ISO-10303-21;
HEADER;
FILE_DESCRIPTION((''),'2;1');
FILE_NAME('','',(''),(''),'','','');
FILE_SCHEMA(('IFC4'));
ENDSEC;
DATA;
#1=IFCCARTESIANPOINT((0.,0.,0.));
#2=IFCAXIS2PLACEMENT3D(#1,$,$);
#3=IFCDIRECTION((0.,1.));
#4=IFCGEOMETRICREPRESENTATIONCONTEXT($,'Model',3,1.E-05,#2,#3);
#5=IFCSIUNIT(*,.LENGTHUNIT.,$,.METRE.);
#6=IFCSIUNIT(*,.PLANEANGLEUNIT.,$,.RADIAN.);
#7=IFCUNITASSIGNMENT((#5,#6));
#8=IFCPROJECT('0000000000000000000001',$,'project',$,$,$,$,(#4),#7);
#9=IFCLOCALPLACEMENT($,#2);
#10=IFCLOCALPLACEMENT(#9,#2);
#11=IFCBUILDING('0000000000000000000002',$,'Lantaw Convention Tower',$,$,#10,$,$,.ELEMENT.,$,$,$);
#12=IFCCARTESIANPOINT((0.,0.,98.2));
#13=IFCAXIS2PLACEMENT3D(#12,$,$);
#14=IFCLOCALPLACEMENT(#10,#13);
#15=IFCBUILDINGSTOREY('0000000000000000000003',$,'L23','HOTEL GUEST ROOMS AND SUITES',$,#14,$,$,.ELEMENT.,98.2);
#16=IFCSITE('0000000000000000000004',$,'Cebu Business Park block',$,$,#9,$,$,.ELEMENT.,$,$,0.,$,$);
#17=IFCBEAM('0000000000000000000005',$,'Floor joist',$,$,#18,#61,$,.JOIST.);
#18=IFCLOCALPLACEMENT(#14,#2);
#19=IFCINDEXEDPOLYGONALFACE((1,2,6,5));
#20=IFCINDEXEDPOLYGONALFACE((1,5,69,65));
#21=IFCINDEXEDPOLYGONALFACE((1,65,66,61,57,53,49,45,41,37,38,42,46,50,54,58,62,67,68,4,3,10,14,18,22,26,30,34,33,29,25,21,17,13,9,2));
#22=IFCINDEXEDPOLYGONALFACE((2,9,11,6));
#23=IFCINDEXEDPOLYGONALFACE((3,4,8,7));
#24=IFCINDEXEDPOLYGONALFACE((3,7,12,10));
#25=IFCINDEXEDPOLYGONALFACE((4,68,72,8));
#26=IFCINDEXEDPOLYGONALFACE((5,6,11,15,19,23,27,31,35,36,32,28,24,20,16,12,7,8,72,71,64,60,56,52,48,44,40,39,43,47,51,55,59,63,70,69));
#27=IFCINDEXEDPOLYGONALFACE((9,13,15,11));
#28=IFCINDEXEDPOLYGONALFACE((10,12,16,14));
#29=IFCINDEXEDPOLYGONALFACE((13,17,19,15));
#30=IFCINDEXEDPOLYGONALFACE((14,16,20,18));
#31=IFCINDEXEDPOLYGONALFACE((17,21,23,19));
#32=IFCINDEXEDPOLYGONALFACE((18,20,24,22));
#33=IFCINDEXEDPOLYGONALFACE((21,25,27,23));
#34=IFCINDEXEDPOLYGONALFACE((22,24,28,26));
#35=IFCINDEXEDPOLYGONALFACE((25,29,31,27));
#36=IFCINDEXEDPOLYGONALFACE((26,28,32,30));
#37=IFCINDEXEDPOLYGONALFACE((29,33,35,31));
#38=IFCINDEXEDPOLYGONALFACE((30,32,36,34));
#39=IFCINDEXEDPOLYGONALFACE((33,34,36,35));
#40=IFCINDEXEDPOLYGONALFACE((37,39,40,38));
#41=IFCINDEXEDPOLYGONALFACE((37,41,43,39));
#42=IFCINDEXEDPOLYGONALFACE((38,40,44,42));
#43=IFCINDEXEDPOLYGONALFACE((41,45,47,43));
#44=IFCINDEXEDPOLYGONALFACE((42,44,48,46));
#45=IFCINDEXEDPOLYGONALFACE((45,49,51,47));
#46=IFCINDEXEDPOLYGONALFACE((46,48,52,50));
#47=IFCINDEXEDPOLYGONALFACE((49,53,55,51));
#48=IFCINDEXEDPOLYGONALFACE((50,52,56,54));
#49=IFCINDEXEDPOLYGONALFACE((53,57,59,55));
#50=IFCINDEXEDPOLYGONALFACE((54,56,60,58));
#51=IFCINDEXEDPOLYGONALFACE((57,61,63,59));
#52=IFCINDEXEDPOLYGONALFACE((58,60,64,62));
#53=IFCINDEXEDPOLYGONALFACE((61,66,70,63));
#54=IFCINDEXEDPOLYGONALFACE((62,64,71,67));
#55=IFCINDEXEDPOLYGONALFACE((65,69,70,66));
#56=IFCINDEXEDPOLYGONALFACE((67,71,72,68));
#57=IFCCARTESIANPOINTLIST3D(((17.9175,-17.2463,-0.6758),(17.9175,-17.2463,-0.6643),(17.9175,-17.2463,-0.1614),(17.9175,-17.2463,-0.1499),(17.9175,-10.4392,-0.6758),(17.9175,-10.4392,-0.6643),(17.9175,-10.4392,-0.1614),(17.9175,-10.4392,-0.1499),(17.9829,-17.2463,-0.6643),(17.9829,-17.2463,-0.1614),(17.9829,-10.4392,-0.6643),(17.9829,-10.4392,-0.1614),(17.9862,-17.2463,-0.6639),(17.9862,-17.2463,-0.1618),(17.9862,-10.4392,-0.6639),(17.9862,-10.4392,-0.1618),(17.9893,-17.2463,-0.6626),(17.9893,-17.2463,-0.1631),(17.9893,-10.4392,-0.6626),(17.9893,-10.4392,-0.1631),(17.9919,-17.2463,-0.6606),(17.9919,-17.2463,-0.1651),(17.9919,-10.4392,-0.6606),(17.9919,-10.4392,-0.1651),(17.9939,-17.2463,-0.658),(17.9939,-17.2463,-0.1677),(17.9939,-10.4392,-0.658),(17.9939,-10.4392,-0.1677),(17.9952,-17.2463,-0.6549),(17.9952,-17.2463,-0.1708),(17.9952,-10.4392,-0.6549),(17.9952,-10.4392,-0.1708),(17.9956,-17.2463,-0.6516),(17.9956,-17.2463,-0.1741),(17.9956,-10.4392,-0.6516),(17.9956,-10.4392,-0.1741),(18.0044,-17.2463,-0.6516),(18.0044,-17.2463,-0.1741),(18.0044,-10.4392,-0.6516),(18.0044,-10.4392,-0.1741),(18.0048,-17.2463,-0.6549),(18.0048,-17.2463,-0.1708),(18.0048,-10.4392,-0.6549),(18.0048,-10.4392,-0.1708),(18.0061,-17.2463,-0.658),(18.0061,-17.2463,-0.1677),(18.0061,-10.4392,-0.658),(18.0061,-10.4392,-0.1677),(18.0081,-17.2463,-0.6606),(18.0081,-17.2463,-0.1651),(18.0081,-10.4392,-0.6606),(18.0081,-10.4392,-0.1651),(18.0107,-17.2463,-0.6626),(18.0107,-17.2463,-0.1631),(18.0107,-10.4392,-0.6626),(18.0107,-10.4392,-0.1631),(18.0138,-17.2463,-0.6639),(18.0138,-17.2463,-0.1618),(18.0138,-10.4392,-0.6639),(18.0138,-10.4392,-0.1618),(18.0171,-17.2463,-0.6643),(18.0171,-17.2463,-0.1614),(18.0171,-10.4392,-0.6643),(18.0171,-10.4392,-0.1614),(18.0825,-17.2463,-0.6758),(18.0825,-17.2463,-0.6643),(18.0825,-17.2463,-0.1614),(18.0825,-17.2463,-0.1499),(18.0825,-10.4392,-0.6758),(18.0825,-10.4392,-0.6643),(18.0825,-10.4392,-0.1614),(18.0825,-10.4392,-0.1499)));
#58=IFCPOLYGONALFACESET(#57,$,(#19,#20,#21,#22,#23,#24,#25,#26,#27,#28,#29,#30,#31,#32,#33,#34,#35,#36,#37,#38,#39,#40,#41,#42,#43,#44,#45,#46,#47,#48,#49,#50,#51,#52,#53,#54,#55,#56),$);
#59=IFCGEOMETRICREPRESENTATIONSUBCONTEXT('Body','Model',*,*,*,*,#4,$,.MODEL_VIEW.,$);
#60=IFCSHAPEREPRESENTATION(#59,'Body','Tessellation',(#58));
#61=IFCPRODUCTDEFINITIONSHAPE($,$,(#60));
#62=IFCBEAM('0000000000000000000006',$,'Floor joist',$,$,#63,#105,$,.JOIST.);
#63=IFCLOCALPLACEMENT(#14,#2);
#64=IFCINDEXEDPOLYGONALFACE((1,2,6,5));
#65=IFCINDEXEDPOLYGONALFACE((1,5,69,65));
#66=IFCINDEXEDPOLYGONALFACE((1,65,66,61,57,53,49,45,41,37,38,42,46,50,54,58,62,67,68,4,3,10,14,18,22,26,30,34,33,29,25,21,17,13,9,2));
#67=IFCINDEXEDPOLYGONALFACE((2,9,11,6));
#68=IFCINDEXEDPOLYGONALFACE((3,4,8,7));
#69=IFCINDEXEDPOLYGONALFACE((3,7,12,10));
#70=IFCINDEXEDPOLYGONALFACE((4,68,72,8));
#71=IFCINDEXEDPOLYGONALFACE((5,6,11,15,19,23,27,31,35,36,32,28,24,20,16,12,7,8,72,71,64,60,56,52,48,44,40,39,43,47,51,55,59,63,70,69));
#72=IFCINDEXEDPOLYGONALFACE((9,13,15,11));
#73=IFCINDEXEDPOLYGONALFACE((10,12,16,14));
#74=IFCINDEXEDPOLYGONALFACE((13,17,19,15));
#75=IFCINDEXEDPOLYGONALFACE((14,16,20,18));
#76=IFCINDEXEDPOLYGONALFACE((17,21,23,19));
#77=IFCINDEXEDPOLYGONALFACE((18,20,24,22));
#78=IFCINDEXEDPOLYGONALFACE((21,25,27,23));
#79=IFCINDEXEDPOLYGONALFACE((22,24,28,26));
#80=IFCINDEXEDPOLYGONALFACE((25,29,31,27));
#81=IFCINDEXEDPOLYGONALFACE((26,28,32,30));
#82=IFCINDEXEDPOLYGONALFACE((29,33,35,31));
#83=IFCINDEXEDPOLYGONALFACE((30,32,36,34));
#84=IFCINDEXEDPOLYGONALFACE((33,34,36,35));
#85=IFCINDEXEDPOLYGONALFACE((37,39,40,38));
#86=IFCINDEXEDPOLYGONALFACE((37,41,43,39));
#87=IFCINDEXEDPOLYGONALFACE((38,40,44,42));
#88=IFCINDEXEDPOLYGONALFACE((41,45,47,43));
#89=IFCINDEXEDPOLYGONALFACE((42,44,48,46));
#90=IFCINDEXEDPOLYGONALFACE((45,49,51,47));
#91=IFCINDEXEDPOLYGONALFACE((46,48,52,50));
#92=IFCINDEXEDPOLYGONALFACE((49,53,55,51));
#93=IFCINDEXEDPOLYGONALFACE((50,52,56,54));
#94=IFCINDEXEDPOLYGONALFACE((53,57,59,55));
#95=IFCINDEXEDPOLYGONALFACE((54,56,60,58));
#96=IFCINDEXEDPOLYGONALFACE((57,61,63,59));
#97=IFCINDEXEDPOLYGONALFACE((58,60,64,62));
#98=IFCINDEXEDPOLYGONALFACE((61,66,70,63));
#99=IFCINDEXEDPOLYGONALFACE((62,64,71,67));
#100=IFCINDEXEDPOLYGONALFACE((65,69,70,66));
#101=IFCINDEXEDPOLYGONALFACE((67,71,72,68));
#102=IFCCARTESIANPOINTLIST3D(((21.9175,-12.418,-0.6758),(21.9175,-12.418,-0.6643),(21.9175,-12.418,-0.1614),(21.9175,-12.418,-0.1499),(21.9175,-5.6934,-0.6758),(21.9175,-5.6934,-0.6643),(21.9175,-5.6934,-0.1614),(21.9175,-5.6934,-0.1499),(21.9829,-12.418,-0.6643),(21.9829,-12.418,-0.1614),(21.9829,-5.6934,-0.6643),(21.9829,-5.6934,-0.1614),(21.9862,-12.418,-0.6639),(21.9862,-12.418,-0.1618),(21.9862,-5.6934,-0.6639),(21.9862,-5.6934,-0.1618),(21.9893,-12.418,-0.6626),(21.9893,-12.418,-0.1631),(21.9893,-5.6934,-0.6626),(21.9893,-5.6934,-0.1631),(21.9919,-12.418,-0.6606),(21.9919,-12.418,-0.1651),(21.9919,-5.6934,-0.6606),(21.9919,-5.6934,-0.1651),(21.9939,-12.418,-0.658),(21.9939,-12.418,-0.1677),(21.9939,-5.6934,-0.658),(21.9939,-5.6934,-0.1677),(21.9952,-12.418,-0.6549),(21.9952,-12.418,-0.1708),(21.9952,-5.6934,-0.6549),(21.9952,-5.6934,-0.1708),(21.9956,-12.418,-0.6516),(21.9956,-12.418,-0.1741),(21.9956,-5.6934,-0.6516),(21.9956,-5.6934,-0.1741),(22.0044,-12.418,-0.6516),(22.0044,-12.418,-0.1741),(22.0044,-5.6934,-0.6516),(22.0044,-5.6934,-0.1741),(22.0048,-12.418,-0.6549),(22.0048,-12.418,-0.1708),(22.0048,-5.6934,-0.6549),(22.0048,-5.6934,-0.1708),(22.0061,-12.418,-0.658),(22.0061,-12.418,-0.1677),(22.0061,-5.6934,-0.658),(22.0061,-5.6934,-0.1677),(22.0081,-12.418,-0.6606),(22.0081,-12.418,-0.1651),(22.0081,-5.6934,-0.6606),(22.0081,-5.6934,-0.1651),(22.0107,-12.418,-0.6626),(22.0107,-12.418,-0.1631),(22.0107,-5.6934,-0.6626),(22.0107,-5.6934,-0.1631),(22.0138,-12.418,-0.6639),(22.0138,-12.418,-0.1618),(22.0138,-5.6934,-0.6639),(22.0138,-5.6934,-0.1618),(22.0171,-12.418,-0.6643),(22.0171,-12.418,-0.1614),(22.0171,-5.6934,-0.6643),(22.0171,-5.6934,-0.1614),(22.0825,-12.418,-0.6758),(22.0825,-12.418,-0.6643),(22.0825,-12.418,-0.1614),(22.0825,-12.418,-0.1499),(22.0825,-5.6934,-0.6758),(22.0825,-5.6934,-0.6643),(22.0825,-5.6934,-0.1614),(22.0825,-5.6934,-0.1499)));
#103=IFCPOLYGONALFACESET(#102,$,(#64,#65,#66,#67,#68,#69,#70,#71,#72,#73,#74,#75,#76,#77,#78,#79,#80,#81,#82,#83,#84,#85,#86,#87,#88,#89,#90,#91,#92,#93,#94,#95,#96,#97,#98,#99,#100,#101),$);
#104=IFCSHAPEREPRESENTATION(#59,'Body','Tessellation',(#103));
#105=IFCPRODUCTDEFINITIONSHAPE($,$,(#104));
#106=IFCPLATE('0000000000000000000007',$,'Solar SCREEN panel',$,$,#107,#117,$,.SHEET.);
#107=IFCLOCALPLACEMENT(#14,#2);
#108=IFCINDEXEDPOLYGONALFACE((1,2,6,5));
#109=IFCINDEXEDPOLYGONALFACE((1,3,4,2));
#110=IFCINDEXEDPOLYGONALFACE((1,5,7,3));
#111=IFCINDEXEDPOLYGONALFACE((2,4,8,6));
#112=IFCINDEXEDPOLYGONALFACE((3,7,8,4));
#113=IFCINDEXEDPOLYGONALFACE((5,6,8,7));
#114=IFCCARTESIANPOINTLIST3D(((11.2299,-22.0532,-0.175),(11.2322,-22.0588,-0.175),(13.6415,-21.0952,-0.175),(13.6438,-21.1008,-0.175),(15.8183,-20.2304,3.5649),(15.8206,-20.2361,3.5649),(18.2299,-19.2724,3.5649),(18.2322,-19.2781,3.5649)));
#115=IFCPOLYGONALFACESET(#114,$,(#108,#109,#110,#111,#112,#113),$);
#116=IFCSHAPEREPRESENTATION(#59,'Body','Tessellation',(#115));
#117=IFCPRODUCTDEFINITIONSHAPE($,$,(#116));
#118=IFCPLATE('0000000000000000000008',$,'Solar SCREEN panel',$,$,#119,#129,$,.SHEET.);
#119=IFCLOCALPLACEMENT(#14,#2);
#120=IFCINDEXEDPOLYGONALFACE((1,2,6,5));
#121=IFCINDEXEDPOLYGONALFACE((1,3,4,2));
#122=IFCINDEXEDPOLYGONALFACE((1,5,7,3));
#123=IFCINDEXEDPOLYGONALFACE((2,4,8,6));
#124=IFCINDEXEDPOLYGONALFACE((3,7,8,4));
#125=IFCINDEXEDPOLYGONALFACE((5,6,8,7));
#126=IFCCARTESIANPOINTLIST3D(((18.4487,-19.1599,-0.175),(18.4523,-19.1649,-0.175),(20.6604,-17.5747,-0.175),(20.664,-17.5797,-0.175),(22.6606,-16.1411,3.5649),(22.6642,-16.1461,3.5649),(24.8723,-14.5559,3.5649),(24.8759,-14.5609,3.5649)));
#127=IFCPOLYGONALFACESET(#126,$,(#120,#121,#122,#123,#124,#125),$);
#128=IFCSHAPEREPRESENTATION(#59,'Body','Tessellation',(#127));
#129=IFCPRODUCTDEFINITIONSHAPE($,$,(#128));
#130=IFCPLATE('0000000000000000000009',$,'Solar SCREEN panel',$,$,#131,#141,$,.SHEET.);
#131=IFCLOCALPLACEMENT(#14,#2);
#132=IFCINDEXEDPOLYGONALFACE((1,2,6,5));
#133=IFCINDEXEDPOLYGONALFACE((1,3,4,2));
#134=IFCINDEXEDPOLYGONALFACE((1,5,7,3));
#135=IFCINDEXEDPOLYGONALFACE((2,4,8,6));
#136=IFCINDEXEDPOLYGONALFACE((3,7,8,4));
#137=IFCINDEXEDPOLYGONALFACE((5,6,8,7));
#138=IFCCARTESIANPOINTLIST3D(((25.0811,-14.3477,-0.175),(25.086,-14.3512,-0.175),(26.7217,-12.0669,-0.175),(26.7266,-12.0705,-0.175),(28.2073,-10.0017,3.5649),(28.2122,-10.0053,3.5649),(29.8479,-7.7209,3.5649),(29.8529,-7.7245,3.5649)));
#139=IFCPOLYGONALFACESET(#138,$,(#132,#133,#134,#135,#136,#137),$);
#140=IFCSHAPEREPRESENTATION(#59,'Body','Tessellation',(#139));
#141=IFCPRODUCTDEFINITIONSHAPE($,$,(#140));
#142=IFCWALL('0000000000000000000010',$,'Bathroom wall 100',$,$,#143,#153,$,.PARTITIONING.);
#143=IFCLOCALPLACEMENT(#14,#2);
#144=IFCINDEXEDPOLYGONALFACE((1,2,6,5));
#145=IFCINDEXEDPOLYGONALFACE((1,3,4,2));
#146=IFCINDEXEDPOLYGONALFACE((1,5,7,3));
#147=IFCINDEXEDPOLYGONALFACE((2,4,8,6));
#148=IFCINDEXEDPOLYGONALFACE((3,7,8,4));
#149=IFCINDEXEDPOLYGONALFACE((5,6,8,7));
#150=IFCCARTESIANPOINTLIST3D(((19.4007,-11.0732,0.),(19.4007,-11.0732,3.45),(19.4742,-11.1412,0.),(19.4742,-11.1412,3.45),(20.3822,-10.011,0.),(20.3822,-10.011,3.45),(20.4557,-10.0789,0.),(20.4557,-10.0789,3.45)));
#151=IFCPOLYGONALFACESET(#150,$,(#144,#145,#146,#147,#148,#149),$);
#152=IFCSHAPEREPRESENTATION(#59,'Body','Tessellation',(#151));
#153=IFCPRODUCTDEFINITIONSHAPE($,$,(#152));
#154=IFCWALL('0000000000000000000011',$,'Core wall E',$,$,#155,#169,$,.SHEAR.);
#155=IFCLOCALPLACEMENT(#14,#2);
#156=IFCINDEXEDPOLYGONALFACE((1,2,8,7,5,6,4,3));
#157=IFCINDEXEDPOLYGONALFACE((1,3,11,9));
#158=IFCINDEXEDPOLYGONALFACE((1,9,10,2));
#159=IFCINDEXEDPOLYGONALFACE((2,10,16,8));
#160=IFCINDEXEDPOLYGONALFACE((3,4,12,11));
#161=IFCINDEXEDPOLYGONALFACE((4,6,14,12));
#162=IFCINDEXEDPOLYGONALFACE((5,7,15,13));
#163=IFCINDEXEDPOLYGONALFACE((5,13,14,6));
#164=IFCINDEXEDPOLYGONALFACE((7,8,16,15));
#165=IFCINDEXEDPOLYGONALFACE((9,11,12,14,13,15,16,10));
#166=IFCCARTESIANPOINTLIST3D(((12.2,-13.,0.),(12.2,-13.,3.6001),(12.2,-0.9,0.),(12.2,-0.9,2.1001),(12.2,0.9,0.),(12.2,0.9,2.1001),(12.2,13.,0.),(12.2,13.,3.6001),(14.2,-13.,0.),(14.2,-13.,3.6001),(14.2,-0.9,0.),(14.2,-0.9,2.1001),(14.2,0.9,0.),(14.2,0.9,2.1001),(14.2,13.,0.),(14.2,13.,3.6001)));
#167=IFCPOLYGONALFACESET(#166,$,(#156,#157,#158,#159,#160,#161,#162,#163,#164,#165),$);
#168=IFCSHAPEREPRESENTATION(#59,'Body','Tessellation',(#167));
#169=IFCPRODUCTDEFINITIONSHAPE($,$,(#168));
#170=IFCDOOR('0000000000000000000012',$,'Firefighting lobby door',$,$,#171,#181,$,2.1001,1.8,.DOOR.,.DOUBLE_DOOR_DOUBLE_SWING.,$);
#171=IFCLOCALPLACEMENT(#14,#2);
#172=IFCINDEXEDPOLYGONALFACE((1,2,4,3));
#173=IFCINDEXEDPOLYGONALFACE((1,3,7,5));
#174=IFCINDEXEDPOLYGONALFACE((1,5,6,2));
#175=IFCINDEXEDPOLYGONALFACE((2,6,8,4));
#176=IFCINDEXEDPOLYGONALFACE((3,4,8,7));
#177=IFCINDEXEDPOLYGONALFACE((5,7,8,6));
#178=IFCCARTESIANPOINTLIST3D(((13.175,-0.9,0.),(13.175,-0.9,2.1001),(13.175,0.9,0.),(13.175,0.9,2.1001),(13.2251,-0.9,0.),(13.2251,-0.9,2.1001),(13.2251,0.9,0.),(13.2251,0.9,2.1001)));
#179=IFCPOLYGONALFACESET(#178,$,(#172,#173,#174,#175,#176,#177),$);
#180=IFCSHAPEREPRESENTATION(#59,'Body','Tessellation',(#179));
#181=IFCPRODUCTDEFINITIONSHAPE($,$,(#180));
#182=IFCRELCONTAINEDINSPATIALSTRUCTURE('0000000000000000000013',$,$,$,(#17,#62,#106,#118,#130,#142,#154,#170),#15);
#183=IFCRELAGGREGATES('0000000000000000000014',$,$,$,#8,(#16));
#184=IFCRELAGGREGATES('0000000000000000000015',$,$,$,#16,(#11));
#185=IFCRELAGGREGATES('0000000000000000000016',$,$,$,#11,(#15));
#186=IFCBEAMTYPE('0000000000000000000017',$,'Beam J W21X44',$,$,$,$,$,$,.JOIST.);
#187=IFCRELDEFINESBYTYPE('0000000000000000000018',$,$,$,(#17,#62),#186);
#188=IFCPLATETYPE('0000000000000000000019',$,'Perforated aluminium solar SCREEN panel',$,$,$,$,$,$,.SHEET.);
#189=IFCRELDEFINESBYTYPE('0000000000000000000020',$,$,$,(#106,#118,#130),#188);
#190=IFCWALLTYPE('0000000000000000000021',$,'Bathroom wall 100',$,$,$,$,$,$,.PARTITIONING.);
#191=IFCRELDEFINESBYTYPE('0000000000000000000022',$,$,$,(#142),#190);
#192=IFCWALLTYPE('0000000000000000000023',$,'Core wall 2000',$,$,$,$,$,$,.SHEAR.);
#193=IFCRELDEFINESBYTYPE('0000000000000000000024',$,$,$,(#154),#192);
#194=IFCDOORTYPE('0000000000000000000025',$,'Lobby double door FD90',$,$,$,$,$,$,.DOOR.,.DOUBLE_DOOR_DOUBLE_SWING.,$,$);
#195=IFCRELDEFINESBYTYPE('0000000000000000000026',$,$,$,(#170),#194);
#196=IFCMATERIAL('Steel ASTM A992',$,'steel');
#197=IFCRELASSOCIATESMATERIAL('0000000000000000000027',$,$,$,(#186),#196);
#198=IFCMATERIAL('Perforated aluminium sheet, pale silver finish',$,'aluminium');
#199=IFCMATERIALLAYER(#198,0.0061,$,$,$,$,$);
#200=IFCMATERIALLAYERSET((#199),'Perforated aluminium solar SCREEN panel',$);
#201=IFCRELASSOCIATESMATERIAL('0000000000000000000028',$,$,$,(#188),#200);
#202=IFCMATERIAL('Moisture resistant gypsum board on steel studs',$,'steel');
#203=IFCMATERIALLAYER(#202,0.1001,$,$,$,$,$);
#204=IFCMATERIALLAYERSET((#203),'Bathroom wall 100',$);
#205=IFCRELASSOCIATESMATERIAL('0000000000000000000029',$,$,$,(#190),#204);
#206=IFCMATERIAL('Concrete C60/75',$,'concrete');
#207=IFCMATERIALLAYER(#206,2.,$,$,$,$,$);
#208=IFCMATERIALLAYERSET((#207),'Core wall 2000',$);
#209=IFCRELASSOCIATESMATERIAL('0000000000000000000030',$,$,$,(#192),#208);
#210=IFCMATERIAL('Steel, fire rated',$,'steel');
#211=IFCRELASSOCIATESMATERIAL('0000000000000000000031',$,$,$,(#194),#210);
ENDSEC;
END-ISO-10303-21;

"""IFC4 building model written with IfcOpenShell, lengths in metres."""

from ifc_helpers import new_model, si_unit, direction, frame, frame_2d, origin, origin_2d, place, context, subcontext, project, spatial, polyline, rectangle, i_section, outline, extrude, material, layer, layer_set, material_profile, profile_set, type_object, element, fill, save


model = new_model("IFC4")

# Units and contexts
model_context = context("Model", 3, precision=1e-05, world=origin(), true_north=direction((0.0, 1.0)))
body_context = subcontext(model_context, "Body", "Model", "MODEL_VIEW")
ifc_project = project(units=[si_unit("LENGTHUNIT", "METRE"), si_unit("PLANEANGLEUNIT", "RADIAN")], contexts=[model_context])

# Site, building, storey
site_placement = place(None, origin())
site = spatial("IfcSite", under=ifc_project, at=site_placement, Name="Cebu Business Park block", CompositionType="ELEMENT", RefElevation=0.0)
building_placement = place(site_placement, origin())
building = spatial("IfcBuilding", under=site, at=building_placement, Name="Lantaw Convention Tower", CompositionType="ELEMENT")
storey_placement = place(building_placement, frame((0.0, 0.0, 98.2)))
storey = spatial("IfcBuildingStorey", under=building, at=storey_placement, Name="L23", Description="HOTEL GUEST ROOMS AND SUITES", CompositionType="ELEMENT", Elevation=98.2)

# Shared definitions
ifc_material_1 = material(Name="Concrete C60/75", Category="concrete")

# Beams
ifc_material_2 = material(Name="Steel ASTM A992", Category="steel")
ifc_material_profile_1 = material_profile(ifc_material_2, i_section(OverallWidth=0.165, OverallDepth=0.5259, WebThickness=0.0088, FlangeThickness=0.0115, FilletRadius=0.0127, at=origin_2d()), Name="W21X44")
ifc_profile_set_1 = profile_set([ifc_material_profile_1], Name="Steel ASTM A992")
beam_type_1 = type_object("IfcBeamType", Name="Beam J W21X44", PredefinedType="JOIST", material=ifc_profile_set_1)
beam_1_placement = place(storey_placement, frame((18.0, -17.2463, -0.4128), z_axis=(0.0, 1.0, 0.0), x_axis=(-1.0, 0.0, 0.0)))
element("IfcBeam", 1, at=beam_1_placement, inside=storey, type_object=beam_type_1, Name="Floor joist", PredefinedType="JOIST", context=body_context, shape_type="SweptSolid", body=[
    extrude(i_section(OverallWidth=0.165, OverallDepth=0.5259, WebThickness=0.0088, FlangeThickness=0.0115, FilletRadius=0.0127, at=origin_2d()), origin(), (0.0, 0.0, 1.0), 6.8071),
])
beam_2_placement = place(storey_placement, frame((22.0, -12.418, -0.4128), z_axis=(0.0, 1.0, 0.0), x_axis=(-1.0, 0.0, 0.0)))
element("IfcBeam", 2, at=beam_2_placement, inside=storey, type_object=beam_type_1, Name="Floor joist", PredefinedType="JOIST", context=body_context, shape_type="SweptSolid", body=[
    extrude(i_section(OverallWidth=0.165, OverallDepth=0.5259, WebThickness=0.0088, FlangeThickness=0.0115, FilletRadius=0.0127, at=origin_2d()), origin(), (0.0, 0.0, 1.0), 6.7246),
])

# Plates
ifc_material_3 = material(Name="Perforated aluminium sheet, pale silver finish", Category="aluminium")
ifc_layer_1 = layer(ifc_material_3, 0.0061)
ifc_layer_set_1 = layer_set([ifc_layer_1], Name="Perforated aluminium solar SCREEN panel")
plate_type = type_object("IfcPlateType", Name="Perforated aluminium solar SCREEN panel", PredefinedType="SHEET", material=ifc_layer_set_1)
plate_1_placement = place(storey_placement, frame((11.2322, -22.0588, -0.175), z_axis=(0.369184, -0.929357, 0.000009), x_axis=(0.929357, 0.369184, 0.0)))
element("IfcPlate", 3, at=plate_1_placement, inside=storey, type_object=plate_type, Name="Solar SCREEN panel", PredefinedType="SHEET", context=body_context, shape_type="SweptSolid", body=[
    extrude(outline(polyline([(0.0, 0.0), (2.5949, 0.0), (7.5321, 3.74), (4.9372, 3.74), (0.0, 0.0)])), origin(), (0.0, 0.0, -1.0), 0.0061),
])
plate_2_placement = place(storey_placement, frame((18.4487, -19.1599, -0.175), z_axis=(-0.582561, 0.812787, 0.000016), x_axis=(0.812787, 0.582561, 0.0)))
element("IfcPlate", 4, at=plate_2_placement, inside=storey, type_object=plate_type, Name="Solar SCREEN panel", PredefinedType="SHEET", context=body_context, shape_type="SweptSolid", body=[
    extrude(outline(polyline([(0.0, 0.0), (2.7211, 0.0), (7.9031, -3.74), (5.182, -3.74), (0.0, 0.0)])), origin(), (0.0, 0.0, -1.0), 0.0061),
])
plate_3_placement = place(storey_placement, frame((25.0811, -14.3477, -0.175), z_axis=(-0.811791, 0.583948, 0.000009), x_axis=(0.583948, 0.811791, 0.0)))
element("IfcPlate", 5, at=plate_3_placement, inside=storey, type_object=plate_type, Name="Solar SCREEN panel", PredefinedType="SHEET", context=body_context, shape_type="SweptSolid", body=[
    extrude(outline(polyline([(0.0, 0.0), (2.8095, 0.0), (8.1631, -3.74), (5.3536, -3.74), (0.0, 0.0)])), origin(), (0.0, 0.0, -1.0), 0.0061),
])

# Wall
ifc_material_4 = material(Name="Moisture resistant gypsum board on steel studs", Category="steel")
ifc_layer_2 = layer(ifc_material_4, 0.1001)
ifc_layer_set_2 = layer_set([ifc_layer_2], Name="Bathroom wall 100")
wall_type_1 = type_object("IfcWallType", Name="Bathroom wall 100", PredefinedType="PARTITIONING", material=ifc_layer_set_2)
wall_1_placement = place(storey_placement, frame((20.4189, -10.0449, 0.0), z_axis=(0.0, 0.0, 1.0), x_axis=(-0.678617, -0.734493, 0.0)))
element("IfcWall", 6, at=wall_1_placement, inside=storey, type_object=wall_type_1, Name="Bathroom wall 100", PredefinedType="PARTITIONING", context=body_context, shape_type="SweptSolid", body=[
    extrude(rectangle(XDim=1.4463, YDim=0.1001, at=frame_2d((0.7231, 0.0))), origin(), (0.0, 0.0, 1.0), 3.45),
])

# Wall, opening, door
ifc_layer_3 = layer(ifc_material_1, 2.0)
ifc_layer_set_3 = layer_set([ifc_layer_3], Name="Core wall 2000")
wall_type_2 = type_object("IfcWallType", Name="Core wall 2000", PredefinedType="SHEAR", material=ifc_layer_set_3)
wall_2_placement = place(storey_placement, frame((13.2, -13.0, 0.0), z_axis=(0.0, 0.0, 1.0), x_axis=(0.0, 1.0, 0.0)))
wall_2 = element("IfcWall", 7, at=wall_2_placement, inside=storey, type_object=wall_type_2, Name="Core wall E", PredefinedType="SHEAR", context=body_context, shape_type="SweptSolid", body=[
    extrude(rectangle(XDim=26.0, YDim=2.0, at=frame_2d((13.0, 0.0))), origin(), (0.0, 0.0, 1.0), 3.6001),
])
opening_1_placement = place(wall_2_placement, frame((12.1001, 0.0, 0.0)))
opening_1 = element("IfcOpeningElement", 8, at=opening_1_placement, cuts=wall_2, PredefinedType="OPENING", context=body_context, shape_type="SweptSolid", body=[
    extrude(rectangle(XDim=1.8, YDim=2.1001, at=frame_2d((0.8999, 1.05))), frame((0.0, 1.01, 0.0), z_axis=(0.0, -1.0, 0.0), x_axis=(1.0, 0.0, 0.0)), (0.0, 0.0, 1.0), 2.02),
])
ifc_material_5 = material(Name="Steel, fire rated", Category="steel")
door_type_1 = type_object("IfcDoorType", Name="Lobby double door FD90", OperationType="DOUBLE_DOOR_DOUBLE_SWING", PredefinedType="DOOR", material=ifc_material_5)
door_1_placement = place(opening_1_placement, origin())
door_1 = element("IfcDoor", 9, at=door_1_placement, inside=storey, type_object=door_type_1, Name="Firefighting lobby door", OperationType="DOUBLE_DOOR_DOUBLE_SWING", OverallHeight=2.1001, OverallWidth=1.8, PredefinedType="DOOR", context=body_context, shape_type="SweptSolid", body=[
    extrude(rectangle(XDim=1.8, YDim=2.1001, at=frame_2d((0.8999, 1.05))), frame((0.0, 0.0249, 0.0), z_axis=(0.0, -1.0, 0.0), x_axis=(1.0, 0.0, 0.0)), (0.0, 0.0, 1.0), 0.05),
])
fill(opening_1, door_1)

save(model, "model.ifc")
